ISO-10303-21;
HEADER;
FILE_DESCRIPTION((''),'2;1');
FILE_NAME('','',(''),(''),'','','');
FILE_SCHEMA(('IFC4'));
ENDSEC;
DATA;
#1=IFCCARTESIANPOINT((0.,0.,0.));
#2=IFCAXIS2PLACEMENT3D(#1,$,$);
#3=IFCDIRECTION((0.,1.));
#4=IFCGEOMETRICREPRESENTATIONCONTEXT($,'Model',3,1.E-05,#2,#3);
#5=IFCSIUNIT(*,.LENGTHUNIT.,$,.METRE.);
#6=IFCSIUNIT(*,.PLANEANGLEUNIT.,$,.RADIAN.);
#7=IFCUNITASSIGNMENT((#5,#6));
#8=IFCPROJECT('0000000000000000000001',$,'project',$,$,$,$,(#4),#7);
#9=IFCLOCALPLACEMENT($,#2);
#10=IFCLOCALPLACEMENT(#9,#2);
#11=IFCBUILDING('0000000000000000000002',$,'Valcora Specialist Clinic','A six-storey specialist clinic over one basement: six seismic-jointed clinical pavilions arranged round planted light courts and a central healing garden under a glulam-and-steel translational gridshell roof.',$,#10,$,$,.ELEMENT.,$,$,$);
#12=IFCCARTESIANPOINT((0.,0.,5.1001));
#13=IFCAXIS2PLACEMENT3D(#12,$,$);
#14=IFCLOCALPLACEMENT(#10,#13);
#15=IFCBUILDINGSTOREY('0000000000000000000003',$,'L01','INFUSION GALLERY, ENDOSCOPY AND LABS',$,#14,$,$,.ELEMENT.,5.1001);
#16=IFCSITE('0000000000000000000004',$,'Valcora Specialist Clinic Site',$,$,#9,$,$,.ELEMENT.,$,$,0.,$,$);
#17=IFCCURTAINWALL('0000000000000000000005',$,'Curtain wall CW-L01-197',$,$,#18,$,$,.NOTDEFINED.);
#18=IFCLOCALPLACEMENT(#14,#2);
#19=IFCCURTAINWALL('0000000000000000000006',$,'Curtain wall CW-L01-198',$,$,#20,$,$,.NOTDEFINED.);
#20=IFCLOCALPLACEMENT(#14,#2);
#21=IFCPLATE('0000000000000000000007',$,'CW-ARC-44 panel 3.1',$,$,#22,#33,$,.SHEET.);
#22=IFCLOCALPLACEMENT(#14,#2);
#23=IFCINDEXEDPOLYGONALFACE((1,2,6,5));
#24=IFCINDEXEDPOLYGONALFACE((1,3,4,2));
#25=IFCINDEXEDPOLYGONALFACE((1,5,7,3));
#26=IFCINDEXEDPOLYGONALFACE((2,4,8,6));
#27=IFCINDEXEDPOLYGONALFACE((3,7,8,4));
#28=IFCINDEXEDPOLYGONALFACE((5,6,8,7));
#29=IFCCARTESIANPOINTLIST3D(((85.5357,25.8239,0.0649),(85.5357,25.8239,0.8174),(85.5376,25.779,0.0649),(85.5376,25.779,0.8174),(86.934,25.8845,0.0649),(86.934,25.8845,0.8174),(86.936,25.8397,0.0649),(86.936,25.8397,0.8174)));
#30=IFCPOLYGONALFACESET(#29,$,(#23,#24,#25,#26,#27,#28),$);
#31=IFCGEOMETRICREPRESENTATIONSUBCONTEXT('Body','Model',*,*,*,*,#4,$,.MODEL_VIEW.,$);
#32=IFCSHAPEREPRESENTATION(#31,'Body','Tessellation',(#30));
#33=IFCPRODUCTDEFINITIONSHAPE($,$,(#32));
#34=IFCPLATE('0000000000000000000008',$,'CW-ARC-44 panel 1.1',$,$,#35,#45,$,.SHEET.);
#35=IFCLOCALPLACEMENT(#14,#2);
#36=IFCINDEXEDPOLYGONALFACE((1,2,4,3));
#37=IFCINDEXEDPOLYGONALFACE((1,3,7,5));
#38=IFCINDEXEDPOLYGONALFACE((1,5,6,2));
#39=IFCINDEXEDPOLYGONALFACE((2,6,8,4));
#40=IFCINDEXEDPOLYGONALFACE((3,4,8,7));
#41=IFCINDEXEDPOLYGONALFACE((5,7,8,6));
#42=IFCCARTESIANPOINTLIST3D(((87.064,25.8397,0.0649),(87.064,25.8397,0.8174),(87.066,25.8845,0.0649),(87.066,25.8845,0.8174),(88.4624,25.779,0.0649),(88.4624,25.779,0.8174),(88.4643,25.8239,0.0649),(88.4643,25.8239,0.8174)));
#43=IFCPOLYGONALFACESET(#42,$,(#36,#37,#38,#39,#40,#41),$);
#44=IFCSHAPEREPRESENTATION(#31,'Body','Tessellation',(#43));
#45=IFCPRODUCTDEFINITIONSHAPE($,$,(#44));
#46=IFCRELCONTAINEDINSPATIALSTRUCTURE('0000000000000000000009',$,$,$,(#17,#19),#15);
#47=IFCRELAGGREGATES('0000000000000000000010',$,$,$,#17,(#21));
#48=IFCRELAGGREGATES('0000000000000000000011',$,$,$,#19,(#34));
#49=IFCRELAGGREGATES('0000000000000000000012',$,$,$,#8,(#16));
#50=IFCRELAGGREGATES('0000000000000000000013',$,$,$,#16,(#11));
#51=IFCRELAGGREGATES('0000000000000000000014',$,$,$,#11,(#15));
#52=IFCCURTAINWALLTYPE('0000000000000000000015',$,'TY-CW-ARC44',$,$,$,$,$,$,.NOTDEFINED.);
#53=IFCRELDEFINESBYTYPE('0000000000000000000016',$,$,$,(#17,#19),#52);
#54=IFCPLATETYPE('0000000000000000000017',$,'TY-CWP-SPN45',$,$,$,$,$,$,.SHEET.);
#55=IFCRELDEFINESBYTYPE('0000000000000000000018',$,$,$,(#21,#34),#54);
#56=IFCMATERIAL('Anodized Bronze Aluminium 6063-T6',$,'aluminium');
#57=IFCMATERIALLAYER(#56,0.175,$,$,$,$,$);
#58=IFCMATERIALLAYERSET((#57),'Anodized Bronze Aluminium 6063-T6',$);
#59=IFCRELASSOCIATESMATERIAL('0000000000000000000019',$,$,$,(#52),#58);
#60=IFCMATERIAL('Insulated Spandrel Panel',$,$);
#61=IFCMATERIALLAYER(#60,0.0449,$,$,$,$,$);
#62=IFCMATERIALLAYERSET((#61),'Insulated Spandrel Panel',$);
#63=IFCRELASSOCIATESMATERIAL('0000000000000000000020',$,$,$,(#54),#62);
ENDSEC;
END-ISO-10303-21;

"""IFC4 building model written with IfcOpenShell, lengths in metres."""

from ifc_helpers import new_model, si_unit, direction, frame, origin, origin_2d, place, context, subcontext, project, spatial, rectangle, extrude, material, layer, layer_set, type_object, element, aggregate, save


model = new_model("IFC4")

# Units and contexts
model_context = context("Model", 3, precision=1e-05, world=origin(), true_north=direction((0.0, 1.0)))
body_context = subcontext(model_context, "Body", "Model", "MODEL_VIEW")
ifc_project = project(units=[si_unit("LENGTHUNIT", "METRE"), si_unit("PLANEANGLEUNIT", "RADIAN")], contexts=[model_context])

# Site, building, storey
site_placement = place(None, origin())
site = spatial("IfcSite", under=ifc_project, at=site_placement, Name="Valcora Specialist Clinic Site", CompositionType="ELEMENT", RefElevation=0.0)
building_placement = place(site_placement, origin())
building = spatial("IfcBuilding", under=site, at=building_placement, Name="Valcora Specialist Clinic", Description="A six-storey specialist clinic over one basement: six seismic-jointed clinical pavilions arranged round planted light courts and a central healing garden under a glulam-and-steel translational gridshell roof.", CompositionType="ELEMENT")
storey_placement = place(building_placement, frame((0.0, 0.0, 5.1001)))
storey = spatial("IfcBuildingStorey", under=building, at=storey_placement, Name="L01", Description="INFUSION GALLERY, ENDOSCOPY AND LABS", CompositionType="ELEMENT", Elevation=5.1001)

# Curtain walls
ifc_material_1 = material(Name="Anodized Bronze Aluminium 6063-T6", Category="aluminium")
ifc_layer_1 = layer(ifc_material_1, 0.175)
ifc_layer_set_1 = layer_set([ifc_layer_1], Name="Anodized Bronze Aluminium 6063-T6")
curtain_wall_type = type_object("IfcCurtainWallType", Name="TY-CW-ARC44", PredefinedType="NOTDEFINED", material=ifc_layer_set_1)
curtain_wall_1_placement = place(storey_placement, origin())
curtain_wall_1 = element("IfcCurtainWall", 1, at=curtain_wall_1_placement, inside=storey, type_object=curtain_wall_type, Name="Curtain wall CW-L01-197", PredefinedType="NOTDEFINED")
curtain_wall_2_placement = place(storey_placement, origin())
curtain_wall_2 = element("IfcCurtainWall", 2, at=curtain_wall_2_placement, inside=storey, type_object=curtain_wall_type, Name="Curtain wall CW-L01-198", PredefinedType="NOTDEFINED")

# Plates
ifc_material_2 = material(Name="Insulated Spandrel Panel")
ifc_layer_2 = layer(ifc_material_2, 0.0449)
ifc_layer_set_2 = layer_set([ifc_layer_2], Name="Insulated Spandrel Panel")
plate_type_1 = type_object("IfcPlateType", Name="TY-CWP-SPN45", PredefinedType="SHEET", material=ifc_layer_set_2)
plate_1_placement = place(storey_placement, frame((86.2358, 25.8318, 0.0649), z_axis=(0.0, 0.0, 1.0), x_axis=(0.999062, 0.043307, 0.0)))
plate_1 = element("IfcPlate", 3, at=plate_1_placement, type_object=plate_type_1, Name="CW-ARC-44 panel 3.1", PredefinedType="SHEET", context=body_context, shape_type="SweptSolid", body=[
    extrude(rectangle(XDim=1.3997, YDim=0.0449, at=origin_2d()), origin(), (0.0, 0.0, 1.0), 0.7524),
])
aggregate(curtain_wall_1, [plate_1])
plate_2_placement = place(storey_placement, frame((87.7642, 25.8318, 0.0649), z_axis=(0.0, 0.0, 1.0), x_axis=(0.999062, -0.043307, 0.0)))
plate_2 = element("IfcPlate", 4, at=plate_2_placement, type_object=plate_type_1, Name="CW-ARC-44 panel 1.1", PredefinedType="SHEET", context=body_context, shape_type="SweptSolid", body=[
    extrude(rectangle(XDim=1.3997, YDim=0.0449, at=origin_2d()), origin(), (0.0, 0.0, 1.0), 0.7524),
])
aggregate(curtain_wall_2, [plate_2])

save(model, "model.ifc")
